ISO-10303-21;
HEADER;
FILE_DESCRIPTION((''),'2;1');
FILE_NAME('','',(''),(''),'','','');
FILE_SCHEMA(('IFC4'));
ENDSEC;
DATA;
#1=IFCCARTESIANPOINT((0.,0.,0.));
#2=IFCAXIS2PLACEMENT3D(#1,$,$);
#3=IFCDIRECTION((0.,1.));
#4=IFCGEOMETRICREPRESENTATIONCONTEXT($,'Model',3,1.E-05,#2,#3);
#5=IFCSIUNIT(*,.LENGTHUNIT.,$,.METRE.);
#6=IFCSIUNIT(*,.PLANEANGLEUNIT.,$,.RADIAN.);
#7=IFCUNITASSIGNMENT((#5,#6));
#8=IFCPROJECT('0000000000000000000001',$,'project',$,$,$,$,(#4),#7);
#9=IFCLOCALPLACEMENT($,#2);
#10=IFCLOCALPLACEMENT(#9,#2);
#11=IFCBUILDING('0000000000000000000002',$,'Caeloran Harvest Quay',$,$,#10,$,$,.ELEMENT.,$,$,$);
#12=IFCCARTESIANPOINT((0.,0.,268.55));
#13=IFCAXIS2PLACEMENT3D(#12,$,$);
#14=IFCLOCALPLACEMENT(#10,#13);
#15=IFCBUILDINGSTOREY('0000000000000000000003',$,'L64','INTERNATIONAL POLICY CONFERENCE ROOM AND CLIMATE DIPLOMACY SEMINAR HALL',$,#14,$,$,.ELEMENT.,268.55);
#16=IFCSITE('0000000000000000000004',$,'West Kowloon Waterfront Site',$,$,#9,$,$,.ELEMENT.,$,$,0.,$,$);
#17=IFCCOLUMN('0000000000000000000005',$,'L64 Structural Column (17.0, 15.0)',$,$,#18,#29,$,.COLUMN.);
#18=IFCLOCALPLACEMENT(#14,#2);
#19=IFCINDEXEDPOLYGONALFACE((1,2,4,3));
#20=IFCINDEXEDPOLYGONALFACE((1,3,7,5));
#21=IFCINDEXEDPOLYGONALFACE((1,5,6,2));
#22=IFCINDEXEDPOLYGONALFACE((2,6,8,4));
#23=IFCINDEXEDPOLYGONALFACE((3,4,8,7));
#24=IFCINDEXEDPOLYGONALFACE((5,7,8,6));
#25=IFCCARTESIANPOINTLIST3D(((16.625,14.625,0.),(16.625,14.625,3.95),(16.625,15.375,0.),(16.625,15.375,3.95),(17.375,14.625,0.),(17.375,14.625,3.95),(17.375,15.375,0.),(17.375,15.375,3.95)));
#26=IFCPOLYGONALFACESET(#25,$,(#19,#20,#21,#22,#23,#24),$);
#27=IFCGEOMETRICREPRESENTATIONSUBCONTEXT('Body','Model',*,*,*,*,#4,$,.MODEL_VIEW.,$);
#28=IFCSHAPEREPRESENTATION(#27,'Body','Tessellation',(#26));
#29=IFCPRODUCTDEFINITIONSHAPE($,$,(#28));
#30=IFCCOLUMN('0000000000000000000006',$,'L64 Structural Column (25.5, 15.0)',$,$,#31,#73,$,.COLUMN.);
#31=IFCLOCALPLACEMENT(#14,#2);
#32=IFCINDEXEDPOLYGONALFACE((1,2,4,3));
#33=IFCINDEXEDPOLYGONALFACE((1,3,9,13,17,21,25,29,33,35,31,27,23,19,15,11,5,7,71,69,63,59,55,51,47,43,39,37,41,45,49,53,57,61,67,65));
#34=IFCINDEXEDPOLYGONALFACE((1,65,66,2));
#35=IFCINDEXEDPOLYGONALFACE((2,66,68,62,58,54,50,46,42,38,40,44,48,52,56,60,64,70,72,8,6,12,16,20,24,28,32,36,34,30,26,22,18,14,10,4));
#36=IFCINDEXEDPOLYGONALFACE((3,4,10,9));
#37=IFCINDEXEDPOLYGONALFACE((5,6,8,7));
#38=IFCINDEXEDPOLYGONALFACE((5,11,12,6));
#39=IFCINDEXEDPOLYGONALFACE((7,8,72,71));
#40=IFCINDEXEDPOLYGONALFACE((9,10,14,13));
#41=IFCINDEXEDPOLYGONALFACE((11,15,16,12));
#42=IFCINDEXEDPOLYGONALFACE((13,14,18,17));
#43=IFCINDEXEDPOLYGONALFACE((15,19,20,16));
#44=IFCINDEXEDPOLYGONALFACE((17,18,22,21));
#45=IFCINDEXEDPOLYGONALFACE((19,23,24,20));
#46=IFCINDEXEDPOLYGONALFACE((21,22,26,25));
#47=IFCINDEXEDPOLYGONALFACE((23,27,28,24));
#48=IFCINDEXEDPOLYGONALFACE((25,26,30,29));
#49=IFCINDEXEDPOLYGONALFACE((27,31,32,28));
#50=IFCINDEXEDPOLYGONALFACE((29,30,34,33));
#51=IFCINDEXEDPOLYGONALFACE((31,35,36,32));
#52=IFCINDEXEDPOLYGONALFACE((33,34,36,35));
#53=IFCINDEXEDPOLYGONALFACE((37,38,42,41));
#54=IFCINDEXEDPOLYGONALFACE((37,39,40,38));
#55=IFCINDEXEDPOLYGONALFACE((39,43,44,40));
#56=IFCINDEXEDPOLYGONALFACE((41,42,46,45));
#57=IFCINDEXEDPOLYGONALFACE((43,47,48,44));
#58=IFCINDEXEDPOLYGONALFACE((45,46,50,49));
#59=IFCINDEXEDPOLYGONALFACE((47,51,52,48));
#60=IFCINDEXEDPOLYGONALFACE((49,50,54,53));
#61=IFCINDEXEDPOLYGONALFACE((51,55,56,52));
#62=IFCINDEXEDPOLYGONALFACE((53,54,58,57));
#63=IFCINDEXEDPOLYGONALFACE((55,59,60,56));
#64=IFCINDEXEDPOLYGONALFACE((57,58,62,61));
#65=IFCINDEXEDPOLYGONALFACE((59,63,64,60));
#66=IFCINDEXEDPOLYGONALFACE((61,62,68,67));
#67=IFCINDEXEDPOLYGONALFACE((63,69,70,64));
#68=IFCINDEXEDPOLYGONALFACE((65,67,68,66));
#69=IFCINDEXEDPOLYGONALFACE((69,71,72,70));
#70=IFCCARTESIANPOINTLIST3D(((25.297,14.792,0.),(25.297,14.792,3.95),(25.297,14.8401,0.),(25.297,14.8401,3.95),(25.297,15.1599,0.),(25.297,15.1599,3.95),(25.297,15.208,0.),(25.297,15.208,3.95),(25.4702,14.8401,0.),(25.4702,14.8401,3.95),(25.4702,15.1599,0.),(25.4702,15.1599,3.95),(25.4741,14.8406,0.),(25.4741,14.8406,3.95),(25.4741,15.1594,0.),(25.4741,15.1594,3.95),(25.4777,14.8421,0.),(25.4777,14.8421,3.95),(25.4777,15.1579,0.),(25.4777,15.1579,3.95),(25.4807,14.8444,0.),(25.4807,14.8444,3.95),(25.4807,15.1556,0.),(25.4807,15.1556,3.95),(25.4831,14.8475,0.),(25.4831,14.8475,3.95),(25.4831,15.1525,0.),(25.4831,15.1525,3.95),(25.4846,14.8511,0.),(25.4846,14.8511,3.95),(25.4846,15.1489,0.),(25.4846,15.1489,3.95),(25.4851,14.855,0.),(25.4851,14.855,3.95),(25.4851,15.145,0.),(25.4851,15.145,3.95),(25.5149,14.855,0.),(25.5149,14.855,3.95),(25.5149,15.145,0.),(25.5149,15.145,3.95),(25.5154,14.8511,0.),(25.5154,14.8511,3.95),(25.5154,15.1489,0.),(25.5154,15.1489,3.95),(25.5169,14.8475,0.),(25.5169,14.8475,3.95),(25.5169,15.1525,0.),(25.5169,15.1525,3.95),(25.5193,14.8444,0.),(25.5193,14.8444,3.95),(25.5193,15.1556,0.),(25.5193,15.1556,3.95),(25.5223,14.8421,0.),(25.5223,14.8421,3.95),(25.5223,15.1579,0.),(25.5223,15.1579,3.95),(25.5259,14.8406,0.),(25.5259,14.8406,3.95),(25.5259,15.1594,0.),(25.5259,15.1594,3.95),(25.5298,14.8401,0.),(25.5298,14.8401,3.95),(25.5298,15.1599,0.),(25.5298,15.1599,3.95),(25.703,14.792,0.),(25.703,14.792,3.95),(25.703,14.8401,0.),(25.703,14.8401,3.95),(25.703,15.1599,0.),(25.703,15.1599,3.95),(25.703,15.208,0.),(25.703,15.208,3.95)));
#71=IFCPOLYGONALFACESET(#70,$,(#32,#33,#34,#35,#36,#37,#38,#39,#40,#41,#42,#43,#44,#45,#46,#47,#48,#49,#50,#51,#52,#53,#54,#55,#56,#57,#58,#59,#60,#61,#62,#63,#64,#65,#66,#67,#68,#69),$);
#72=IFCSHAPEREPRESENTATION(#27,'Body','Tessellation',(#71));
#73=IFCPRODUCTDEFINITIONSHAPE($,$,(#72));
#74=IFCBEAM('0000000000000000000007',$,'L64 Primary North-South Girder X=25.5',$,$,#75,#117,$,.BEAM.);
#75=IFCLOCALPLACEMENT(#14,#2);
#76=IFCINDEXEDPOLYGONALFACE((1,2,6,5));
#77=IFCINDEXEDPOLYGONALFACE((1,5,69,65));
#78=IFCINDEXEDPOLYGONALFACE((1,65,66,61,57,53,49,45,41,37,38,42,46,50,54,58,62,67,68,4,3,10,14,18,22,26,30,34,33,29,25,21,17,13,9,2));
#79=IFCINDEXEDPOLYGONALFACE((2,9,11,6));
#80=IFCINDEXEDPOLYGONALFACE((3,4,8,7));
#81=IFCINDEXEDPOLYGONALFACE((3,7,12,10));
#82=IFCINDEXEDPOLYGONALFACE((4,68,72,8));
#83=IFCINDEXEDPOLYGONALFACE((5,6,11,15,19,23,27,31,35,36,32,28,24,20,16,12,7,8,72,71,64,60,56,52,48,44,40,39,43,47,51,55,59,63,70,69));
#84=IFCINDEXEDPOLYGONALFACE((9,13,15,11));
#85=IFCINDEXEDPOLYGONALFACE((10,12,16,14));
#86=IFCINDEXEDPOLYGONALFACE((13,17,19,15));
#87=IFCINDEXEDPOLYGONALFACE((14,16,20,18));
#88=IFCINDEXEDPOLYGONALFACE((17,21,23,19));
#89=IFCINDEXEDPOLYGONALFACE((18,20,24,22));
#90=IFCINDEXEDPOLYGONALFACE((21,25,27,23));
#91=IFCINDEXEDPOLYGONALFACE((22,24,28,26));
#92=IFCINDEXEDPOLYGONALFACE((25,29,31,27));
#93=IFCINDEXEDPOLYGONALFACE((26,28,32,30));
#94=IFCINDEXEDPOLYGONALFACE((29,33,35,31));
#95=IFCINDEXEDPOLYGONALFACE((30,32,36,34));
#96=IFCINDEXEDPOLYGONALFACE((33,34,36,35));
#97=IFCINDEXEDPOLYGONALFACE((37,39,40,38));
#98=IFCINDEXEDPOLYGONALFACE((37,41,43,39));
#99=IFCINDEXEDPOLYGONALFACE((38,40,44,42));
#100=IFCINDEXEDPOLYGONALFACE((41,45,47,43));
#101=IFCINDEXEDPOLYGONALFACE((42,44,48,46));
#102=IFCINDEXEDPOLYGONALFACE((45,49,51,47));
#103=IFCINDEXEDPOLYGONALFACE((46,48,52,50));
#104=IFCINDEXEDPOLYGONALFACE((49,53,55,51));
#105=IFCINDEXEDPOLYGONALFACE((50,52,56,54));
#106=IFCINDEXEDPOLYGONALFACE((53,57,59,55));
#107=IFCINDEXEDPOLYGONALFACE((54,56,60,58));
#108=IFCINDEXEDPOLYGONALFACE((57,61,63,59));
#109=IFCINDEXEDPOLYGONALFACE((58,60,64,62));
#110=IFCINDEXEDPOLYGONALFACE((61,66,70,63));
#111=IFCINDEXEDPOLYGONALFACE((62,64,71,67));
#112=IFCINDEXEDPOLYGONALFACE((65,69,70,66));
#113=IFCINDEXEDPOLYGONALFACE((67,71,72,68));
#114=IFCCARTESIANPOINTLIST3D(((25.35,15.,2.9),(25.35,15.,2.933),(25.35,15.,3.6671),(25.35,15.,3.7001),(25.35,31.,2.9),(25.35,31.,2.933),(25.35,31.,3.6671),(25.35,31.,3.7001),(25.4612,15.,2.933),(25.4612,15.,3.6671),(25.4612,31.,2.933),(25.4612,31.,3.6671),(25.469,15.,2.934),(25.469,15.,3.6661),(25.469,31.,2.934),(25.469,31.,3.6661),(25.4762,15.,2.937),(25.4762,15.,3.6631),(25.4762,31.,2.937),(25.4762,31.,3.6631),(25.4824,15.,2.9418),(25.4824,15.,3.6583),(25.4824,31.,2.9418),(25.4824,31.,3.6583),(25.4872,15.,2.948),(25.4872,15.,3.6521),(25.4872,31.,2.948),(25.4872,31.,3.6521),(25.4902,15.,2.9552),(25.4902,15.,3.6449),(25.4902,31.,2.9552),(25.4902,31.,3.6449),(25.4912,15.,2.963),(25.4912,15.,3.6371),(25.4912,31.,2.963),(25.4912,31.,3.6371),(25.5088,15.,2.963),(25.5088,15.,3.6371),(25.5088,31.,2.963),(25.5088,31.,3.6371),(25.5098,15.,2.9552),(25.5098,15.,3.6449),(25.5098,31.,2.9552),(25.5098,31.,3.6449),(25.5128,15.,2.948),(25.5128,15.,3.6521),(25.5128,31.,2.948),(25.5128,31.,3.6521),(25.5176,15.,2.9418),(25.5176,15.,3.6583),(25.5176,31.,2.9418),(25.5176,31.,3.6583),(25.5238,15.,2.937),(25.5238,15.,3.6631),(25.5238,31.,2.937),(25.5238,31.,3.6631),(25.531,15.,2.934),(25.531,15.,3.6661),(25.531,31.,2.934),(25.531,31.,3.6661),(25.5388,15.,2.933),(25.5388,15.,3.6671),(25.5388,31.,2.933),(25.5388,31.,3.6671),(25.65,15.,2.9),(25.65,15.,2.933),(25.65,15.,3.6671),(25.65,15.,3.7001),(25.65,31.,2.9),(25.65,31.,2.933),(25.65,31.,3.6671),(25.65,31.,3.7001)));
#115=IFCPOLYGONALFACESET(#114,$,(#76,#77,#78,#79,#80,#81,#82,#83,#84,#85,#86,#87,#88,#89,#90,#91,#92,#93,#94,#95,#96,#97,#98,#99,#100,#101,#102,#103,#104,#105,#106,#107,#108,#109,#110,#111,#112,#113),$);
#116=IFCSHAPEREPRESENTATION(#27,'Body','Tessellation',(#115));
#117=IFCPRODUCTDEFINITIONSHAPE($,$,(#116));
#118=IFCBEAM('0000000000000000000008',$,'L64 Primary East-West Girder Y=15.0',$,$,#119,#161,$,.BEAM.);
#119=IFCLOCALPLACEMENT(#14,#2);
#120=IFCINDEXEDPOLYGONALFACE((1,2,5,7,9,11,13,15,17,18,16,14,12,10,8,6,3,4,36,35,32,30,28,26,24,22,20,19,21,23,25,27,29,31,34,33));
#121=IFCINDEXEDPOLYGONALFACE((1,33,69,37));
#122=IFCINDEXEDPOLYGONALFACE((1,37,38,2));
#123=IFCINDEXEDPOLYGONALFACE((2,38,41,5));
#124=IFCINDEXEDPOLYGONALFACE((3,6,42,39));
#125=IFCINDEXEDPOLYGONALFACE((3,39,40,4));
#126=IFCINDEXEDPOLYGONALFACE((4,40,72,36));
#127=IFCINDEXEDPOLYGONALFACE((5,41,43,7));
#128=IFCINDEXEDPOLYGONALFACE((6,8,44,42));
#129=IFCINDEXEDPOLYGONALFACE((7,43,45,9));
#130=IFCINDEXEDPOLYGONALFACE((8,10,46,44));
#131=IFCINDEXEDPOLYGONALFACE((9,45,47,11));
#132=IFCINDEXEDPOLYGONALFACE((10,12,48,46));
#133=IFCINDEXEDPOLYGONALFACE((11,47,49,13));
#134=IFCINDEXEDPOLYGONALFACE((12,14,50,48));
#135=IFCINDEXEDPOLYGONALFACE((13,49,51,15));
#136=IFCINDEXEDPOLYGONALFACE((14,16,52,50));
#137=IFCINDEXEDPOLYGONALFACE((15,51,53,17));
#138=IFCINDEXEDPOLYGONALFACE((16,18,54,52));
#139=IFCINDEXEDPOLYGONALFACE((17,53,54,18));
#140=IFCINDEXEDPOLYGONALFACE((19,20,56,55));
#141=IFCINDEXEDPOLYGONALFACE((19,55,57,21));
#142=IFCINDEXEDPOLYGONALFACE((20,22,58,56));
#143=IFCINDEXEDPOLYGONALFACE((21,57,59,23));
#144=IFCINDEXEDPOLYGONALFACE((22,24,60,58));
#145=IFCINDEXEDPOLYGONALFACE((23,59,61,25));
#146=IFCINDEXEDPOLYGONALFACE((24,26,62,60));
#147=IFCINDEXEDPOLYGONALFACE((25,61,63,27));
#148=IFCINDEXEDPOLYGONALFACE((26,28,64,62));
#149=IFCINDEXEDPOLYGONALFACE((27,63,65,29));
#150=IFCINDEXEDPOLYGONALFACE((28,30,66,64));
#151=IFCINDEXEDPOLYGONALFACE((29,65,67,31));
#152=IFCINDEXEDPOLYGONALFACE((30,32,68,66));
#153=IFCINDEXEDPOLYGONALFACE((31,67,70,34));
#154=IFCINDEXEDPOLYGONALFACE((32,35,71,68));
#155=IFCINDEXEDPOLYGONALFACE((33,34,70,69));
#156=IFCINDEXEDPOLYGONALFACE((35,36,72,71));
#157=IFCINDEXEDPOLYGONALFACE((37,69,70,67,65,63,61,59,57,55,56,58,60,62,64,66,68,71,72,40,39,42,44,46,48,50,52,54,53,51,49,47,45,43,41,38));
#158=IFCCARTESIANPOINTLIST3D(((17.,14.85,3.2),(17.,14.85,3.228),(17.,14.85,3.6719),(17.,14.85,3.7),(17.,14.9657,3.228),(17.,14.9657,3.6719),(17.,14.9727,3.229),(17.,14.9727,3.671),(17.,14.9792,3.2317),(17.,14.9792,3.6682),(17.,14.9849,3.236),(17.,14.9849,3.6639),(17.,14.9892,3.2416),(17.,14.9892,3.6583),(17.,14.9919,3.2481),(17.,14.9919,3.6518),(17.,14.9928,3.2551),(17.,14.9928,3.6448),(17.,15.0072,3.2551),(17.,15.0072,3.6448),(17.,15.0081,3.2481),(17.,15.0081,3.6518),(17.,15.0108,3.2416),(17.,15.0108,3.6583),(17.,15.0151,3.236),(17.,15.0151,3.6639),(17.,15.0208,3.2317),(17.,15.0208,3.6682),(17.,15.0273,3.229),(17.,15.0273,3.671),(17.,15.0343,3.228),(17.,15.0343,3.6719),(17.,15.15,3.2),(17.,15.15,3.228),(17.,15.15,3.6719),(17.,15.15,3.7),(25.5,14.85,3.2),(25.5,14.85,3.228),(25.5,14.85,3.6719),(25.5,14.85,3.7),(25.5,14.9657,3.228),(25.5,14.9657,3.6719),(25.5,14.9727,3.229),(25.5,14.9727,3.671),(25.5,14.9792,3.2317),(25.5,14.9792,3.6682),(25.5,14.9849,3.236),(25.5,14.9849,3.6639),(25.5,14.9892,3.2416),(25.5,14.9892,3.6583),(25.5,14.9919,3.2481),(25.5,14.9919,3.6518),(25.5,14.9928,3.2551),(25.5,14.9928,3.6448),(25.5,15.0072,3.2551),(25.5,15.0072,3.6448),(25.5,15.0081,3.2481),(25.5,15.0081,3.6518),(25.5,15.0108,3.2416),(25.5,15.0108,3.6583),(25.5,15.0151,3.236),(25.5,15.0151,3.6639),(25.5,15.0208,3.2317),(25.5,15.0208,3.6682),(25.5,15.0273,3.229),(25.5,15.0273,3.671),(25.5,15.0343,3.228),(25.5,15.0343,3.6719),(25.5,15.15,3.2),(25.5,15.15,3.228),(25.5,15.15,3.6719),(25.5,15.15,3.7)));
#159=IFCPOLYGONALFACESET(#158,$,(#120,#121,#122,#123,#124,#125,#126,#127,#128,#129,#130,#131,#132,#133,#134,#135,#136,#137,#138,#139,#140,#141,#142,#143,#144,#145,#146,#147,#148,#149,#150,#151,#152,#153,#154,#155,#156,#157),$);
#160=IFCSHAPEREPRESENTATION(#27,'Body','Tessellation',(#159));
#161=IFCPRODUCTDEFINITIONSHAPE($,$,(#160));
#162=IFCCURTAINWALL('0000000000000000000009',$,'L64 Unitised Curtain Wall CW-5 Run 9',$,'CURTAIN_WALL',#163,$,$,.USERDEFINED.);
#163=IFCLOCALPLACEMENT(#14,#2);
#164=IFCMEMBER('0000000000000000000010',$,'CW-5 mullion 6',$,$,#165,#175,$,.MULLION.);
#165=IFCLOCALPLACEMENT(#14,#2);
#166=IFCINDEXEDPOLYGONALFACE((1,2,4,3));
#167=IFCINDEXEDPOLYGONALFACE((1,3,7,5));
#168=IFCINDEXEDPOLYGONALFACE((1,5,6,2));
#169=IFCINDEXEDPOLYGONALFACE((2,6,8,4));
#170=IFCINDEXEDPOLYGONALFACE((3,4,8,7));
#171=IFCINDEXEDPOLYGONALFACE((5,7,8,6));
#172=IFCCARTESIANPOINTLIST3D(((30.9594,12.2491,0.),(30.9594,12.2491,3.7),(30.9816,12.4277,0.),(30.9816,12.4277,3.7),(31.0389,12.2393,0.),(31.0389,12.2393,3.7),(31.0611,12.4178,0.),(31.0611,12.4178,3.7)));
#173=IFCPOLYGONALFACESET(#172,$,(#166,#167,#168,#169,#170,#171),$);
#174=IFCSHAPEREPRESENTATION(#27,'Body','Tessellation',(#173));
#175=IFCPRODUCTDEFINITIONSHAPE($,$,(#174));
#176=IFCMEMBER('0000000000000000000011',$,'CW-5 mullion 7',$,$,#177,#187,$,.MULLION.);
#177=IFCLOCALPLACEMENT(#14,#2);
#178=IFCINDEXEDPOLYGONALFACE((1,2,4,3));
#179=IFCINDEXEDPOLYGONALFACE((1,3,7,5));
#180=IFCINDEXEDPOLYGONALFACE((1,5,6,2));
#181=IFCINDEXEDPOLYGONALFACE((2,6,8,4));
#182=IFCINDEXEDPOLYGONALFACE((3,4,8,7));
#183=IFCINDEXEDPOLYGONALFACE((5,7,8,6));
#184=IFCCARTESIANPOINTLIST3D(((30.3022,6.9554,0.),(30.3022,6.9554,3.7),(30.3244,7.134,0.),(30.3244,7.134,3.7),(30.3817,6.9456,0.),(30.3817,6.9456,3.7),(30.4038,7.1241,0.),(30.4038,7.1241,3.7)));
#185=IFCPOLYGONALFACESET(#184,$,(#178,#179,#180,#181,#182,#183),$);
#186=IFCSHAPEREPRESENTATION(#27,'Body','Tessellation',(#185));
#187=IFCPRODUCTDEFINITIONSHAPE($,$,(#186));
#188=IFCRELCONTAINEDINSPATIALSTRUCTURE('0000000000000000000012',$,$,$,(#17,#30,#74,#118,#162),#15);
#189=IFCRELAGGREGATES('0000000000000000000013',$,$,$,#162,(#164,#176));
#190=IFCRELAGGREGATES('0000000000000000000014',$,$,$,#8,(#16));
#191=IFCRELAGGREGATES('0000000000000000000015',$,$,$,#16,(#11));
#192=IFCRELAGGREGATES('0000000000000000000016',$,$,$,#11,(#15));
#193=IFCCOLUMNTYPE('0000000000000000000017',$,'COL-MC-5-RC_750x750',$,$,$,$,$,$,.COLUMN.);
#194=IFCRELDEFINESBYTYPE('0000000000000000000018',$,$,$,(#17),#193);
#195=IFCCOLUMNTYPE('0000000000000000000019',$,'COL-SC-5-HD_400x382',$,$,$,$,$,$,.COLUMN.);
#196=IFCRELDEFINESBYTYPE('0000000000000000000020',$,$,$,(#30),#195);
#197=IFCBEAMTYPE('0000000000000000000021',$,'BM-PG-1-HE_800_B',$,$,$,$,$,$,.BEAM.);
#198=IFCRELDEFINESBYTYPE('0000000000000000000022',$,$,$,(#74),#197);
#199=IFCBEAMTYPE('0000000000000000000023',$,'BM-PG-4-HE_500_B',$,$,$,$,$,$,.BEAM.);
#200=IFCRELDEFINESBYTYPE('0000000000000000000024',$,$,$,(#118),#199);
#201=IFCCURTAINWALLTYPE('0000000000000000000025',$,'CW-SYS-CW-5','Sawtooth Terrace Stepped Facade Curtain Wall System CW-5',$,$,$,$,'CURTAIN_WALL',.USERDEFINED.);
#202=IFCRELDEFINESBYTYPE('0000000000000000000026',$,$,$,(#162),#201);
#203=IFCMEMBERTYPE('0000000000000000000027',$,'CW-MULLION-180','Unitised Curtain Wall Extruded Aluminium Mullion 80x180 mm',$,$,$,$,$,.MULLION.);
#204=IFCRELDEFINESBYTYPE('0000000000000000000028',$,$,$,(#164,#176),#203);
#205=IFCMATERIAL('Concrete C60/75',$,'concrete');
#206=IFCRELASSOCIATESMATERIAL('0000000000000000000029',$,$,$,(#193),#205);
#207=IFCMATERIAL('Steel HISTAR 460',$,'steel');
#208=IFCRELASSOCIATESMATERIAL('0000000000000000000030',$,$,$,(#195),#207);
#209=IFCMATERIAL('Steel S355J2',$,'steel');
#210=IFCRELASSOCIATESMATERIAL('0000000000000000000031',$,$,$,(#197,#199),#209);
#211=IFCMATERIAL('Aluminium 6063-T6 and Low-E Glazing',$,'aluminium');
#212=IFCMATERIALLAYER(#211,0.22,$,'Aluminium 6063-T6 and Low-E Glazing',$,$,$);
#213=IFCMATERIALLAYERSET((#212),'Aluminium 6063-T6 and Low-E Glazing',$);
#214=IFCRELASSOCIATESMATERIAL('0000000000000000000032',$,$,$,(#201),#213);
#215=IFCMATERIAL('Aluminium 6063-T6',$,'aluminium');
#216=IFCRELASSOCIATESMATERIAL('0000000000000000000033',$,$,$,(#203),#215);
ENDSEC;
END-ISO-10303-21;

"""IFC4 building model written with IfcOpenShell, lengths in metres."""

from ifc_helpers import new_model, si_unit, direction, frame, origin, origin_2d, place, context, subcontext, project, spatial, rectangle, i_section, extrude, material, layer, layer_set, material_profile, profile_set, type_object, element, aggregate, save


model = new_model("IFC4")

# Units and contexts
model_context = context("Model", 3, precision=1e-05, world=origin(), true_north=direction((0.0, 1.0)))
body_context = subcontext(model_context, "Body", "Model", "MODEL_VIEW")
ifc_project = project(units=[si_unit("LENGTHUNIT", "METRE"), si_unit("PLANEANGLEUNIT", "RADIAN")], contexts=[model_context])

# Site, building, storey
site_placement = place(None, origin())
site = spatial("IfcSite", under=ifc_project, at=site_placement, Name="West Kowloon Waterfront Site", CompositionType="ELEMENT", RefElevation=0.0)
building_placement = place(site_placement, origin())
building = spatial("IfcBuilding", under=site, at=building_placement, Name="Caeloran Harvest Quay", CompositionType="ELEMENT")
storey_placement = place(building_placement, frame((0.0, 0.0, 268.55)))
storey = spatial("IfcBuildingStorey", under=building, at=storey_placement, Name="L64", Description="INTERNATIONAL POLICY CONFERENCE ROOM AND CLIMATE DIPLOMACY SEMINAR HALL", CompositionType="ELEMENT", Elevation=268.55)

# Columns
ifc_material_1 = material(Name="Concrete C60/75", Category="concrete")
ifc_material_profile_1 = material_profile(ifc_material_1, rectangle(XDim=0.75, YDim=0.75, at=origin_2d()), Name="RC 750x750")
ifc_profile_set_1 = profile_set([ifc_material_profile_1], Name="Concrete C60/75")
column_type_1 = type_object("IfcColumnType", Name="COL-MC-5-RC_750x750", PredefinedType="COLUMN", material=ifc_profile_set_1)
column_1_placement = place(storey_placement, frame((17.0, 15.0, 0.0), z_axis=(0.0, 0.0, 1.0), x_axis=(1.0, 0.0, 0.0)))
element("IfcColumn", 1, at=column_1_placement, inside=storey, type_object=column_type_1, Name="L64 Structural Column (17.0, 15.0)", PredefinedType="COLUMN", context=body_context, shape_type="SweptSolid", body=[
    extrude(rectangle(XDim=0.75, YDim=0.75, at=origin_2d()), origin(), (0.0, 0.0, 1.0), 3.95),
])
ifc_material_2 = material(Name="Steel HISTAR 460", Category="steel")
ifc_material_profile_2 = material_profile(ifc_material_2, i_section(OverallWidth=0.406, OverallDepth=0.416, WebThickness=0.0298, FlangeThickness=0.0481, FilletRadius=0.0149, at=origin_2d()), Name="HD 400x382")
ifc_profile_set_2 = profile_set([ifc_material_profile_2], Name="Steel HISTAR 460")
column_type_2 = type_object("IfcColumnType", Name="COL-SC-5-HD_400x382", PredefinedType="COLUMN", material=ifc_profile_set_2)
column_2_placement = place(storey_placement, frame((25.5, 15.0, 0.0), z_axis=(0.0, 0.0, 1.0), x_axis=(1.0, 0.0, 0.0)))
element("IfcColumn", 2, at=column_2_placement, inside=storey, type_object=column_type_2, Name="L64 Structural Column (25.5, 15.0)", PredefinedType="COLUMN", context=body_context, shape_type="SweptSolid", body=[
    extrude(i_section(OverallWidth=0.406, OverallDepth=0.416, WebThickness=0.0298, FlangeThickness=0.0481, FilletRadius=0.0149, at=origin_2d()), origin(), (0.0, 0.0, 1.0), 3.95),
])

# Beams
ifc_material_3 = material(Name="Steel S355J2", Category="steel")
ifc_material_profile_3 = material_profile(ifc_material_3, i_section(OverallWidth=0.3, OverallDepth=0.8, WebThickness=0.0176, FlangeThickness=0.033, FilletRadius=0.03, at=origin_2d()), Name="HE 800 B")
ifc_profile_set_3 = profile_set([ifc_material_profile_3], Name="Steel S355J2")
beam_type_1 = type_object("IfcBeamType", Name="BM-PG-1-HE_800_B", PredefinedType="BEAM", material=ifc_profile_set_3)
beam_1_placement = place(storey_placement, frame((25.5, 15.0, 3.3), z_axis=(0.0, 1.0, 0.0), x_axis=(-1.0, 0.0, 0.0)))
element("IfcBeam", 3, at=beam_1_placement, inside=storey, type_object=beam_type_1, Name="L64 Primary North-South Girder X=25.5", PredefinedType="BEAM", context=body_context, shape_type="SweptSolid", body=[
    extrude(i_section(OverallWidth=0.3, OverallDepth=0.8, WebThickness=0.0176, FlangeThickness=0.033, FilletRadius=0.03, at=origin_2d()), origin(), (0.0, 0.0, 1.0), 16.0),
])
ifc_material_profile_4 = material_profile(ifc_material_3, i_section(OverallWidth=0.3, OverallDepth=0.5, WebThickness=0.0144, FlangeThickness=0.0281, FilletRadius=0.0271, at=origin_2d()), Name="HE 500 B")
ifc_profile_set_4 = profile_set([ifc_material_profile_4], Name="Steel S355J2")
beam_type_2 = type_object("IfcBeamType", Name="BM-PG-4-HE_500_B", PredefinedType="BEAM", material=ifc_profile_set_4)
beam_2_placement = place(storey_placement, frame((17.0, 15.0, 3.45), z_axis=(1.0, 0.0, 0.0), x_axis=(0.0, 1.0, 0.0)))
element("IfcBeam", 4, at=beam_2_placement, inside=storey, type_object=beam_type_2, Name="L64 Primary East-West Girder Y=15.0", PredefinedType="BEAM", context=body_context, shape_type="SweptSolid", body=[
    extrude(i_section(OverallWidth=0.3, OverallDepth=0.5, WebThickness=0.0144, FlangeThickness=0.0281, FilletRadius=0.0271, at=origin_2d()), origin(), (0.0, 0.0, 1.0), 8.5),
])

# Curtain wall, members
ifc_material_4 = material(Name="Aluminium 6063-T6 and Low-E Glazing", Category="aluminium")
ifc_layer_1 = layer(ifc_material_4, 0.22, Name="Aluminium 6063-T6 and Low-E Glazing")
ifc_layer_set_1 = layer_set([ifc_layer_1], Name="Aluminium 6063-T6 and Low-E Glazing")
curtain_wall_type = type_object("IfcCurtainWallType", Name="CW-SYS-CW-5", Description="Sawtooth Terrace Stepped Facade Curtain Wall System CW-5", ElementType="CURTAIN_WALL", PredefinedType="USERDEFINED", material=ifc_layer_set_1)
curtain_wall_placement = place(storey_placement, origin())
curtain_wall = element("IfcCurtainWall", 5, at=curtain_wall_placement, inside=storey, type_object=curtain_wall_type, Name="L64 Unitised Curtain Wall CW-5 Run 9", ObjectType="CURTAIN_WALL", PredefinedType="USERDEFINED")
ifc_material_5 = material(Name="Aluminium 6063-T6", Category="aluminium")
ifc_material_profile_5 = material_profile(ifc_material_5, rectangle(XDim=0.0801, YDim=0.1799, at=origin_2d()), Name="CW-MULLION-180")
ifc_profile_set_5 = profile_set([ifc_material_profile_5], Name="Aluminium 6063-T6")
member_type_1 = type_object("IfcMemberType", Name="CW-MULLION-180", Description="Unitised Curtain Wall Extruded Aluminium Mullion 80x180 mm", PredefinedType="MULLION", material=ifc_profile_set_5)
member_1_placement = place(storey_placement, frame((31.0103, 12.3335, 0.0), z_axis=(0.0, 0.0, 1.0), x_axis=(0.992383, -0.12319, 0.0)))
member_1 = element("IfcMember", 6, at=member_1_placement, type_object=member_type_1, Name="CW-5 mullion 6", PredefinedType="MULLION", context=body_context, shape_type="SweptSolid", body=[
    extrude(rectangle(XDim=0.0801, YDim=0.1799, at=origin_2d()), origin(), (0.0, 0.0, 1.0), 3.7),
])
member_2_placement = place(storey_placement, frame((30.353, 7.0398, 0.0), z_axis=(0.0, 0.0, 1.0), x_axis=(0.992383, -0.12319, 0.0)))
member_2 = element("IfcMember", 7, at=member_2_placement, type_object=member_type_1, Name="CW-5 mullion 7", PredefinedType="MULLION", context=body_context, shape_type="SweptSolid", body=[
    extrude(rectangle(XDim=0.0801, YDim=0.1799, at=origin_2d()), origin(), (0.0, 0.0, 1.0), 3.7),
])
aggregate(curtain_wall, [member_1, member_2])

save(model, "model.ifc")
